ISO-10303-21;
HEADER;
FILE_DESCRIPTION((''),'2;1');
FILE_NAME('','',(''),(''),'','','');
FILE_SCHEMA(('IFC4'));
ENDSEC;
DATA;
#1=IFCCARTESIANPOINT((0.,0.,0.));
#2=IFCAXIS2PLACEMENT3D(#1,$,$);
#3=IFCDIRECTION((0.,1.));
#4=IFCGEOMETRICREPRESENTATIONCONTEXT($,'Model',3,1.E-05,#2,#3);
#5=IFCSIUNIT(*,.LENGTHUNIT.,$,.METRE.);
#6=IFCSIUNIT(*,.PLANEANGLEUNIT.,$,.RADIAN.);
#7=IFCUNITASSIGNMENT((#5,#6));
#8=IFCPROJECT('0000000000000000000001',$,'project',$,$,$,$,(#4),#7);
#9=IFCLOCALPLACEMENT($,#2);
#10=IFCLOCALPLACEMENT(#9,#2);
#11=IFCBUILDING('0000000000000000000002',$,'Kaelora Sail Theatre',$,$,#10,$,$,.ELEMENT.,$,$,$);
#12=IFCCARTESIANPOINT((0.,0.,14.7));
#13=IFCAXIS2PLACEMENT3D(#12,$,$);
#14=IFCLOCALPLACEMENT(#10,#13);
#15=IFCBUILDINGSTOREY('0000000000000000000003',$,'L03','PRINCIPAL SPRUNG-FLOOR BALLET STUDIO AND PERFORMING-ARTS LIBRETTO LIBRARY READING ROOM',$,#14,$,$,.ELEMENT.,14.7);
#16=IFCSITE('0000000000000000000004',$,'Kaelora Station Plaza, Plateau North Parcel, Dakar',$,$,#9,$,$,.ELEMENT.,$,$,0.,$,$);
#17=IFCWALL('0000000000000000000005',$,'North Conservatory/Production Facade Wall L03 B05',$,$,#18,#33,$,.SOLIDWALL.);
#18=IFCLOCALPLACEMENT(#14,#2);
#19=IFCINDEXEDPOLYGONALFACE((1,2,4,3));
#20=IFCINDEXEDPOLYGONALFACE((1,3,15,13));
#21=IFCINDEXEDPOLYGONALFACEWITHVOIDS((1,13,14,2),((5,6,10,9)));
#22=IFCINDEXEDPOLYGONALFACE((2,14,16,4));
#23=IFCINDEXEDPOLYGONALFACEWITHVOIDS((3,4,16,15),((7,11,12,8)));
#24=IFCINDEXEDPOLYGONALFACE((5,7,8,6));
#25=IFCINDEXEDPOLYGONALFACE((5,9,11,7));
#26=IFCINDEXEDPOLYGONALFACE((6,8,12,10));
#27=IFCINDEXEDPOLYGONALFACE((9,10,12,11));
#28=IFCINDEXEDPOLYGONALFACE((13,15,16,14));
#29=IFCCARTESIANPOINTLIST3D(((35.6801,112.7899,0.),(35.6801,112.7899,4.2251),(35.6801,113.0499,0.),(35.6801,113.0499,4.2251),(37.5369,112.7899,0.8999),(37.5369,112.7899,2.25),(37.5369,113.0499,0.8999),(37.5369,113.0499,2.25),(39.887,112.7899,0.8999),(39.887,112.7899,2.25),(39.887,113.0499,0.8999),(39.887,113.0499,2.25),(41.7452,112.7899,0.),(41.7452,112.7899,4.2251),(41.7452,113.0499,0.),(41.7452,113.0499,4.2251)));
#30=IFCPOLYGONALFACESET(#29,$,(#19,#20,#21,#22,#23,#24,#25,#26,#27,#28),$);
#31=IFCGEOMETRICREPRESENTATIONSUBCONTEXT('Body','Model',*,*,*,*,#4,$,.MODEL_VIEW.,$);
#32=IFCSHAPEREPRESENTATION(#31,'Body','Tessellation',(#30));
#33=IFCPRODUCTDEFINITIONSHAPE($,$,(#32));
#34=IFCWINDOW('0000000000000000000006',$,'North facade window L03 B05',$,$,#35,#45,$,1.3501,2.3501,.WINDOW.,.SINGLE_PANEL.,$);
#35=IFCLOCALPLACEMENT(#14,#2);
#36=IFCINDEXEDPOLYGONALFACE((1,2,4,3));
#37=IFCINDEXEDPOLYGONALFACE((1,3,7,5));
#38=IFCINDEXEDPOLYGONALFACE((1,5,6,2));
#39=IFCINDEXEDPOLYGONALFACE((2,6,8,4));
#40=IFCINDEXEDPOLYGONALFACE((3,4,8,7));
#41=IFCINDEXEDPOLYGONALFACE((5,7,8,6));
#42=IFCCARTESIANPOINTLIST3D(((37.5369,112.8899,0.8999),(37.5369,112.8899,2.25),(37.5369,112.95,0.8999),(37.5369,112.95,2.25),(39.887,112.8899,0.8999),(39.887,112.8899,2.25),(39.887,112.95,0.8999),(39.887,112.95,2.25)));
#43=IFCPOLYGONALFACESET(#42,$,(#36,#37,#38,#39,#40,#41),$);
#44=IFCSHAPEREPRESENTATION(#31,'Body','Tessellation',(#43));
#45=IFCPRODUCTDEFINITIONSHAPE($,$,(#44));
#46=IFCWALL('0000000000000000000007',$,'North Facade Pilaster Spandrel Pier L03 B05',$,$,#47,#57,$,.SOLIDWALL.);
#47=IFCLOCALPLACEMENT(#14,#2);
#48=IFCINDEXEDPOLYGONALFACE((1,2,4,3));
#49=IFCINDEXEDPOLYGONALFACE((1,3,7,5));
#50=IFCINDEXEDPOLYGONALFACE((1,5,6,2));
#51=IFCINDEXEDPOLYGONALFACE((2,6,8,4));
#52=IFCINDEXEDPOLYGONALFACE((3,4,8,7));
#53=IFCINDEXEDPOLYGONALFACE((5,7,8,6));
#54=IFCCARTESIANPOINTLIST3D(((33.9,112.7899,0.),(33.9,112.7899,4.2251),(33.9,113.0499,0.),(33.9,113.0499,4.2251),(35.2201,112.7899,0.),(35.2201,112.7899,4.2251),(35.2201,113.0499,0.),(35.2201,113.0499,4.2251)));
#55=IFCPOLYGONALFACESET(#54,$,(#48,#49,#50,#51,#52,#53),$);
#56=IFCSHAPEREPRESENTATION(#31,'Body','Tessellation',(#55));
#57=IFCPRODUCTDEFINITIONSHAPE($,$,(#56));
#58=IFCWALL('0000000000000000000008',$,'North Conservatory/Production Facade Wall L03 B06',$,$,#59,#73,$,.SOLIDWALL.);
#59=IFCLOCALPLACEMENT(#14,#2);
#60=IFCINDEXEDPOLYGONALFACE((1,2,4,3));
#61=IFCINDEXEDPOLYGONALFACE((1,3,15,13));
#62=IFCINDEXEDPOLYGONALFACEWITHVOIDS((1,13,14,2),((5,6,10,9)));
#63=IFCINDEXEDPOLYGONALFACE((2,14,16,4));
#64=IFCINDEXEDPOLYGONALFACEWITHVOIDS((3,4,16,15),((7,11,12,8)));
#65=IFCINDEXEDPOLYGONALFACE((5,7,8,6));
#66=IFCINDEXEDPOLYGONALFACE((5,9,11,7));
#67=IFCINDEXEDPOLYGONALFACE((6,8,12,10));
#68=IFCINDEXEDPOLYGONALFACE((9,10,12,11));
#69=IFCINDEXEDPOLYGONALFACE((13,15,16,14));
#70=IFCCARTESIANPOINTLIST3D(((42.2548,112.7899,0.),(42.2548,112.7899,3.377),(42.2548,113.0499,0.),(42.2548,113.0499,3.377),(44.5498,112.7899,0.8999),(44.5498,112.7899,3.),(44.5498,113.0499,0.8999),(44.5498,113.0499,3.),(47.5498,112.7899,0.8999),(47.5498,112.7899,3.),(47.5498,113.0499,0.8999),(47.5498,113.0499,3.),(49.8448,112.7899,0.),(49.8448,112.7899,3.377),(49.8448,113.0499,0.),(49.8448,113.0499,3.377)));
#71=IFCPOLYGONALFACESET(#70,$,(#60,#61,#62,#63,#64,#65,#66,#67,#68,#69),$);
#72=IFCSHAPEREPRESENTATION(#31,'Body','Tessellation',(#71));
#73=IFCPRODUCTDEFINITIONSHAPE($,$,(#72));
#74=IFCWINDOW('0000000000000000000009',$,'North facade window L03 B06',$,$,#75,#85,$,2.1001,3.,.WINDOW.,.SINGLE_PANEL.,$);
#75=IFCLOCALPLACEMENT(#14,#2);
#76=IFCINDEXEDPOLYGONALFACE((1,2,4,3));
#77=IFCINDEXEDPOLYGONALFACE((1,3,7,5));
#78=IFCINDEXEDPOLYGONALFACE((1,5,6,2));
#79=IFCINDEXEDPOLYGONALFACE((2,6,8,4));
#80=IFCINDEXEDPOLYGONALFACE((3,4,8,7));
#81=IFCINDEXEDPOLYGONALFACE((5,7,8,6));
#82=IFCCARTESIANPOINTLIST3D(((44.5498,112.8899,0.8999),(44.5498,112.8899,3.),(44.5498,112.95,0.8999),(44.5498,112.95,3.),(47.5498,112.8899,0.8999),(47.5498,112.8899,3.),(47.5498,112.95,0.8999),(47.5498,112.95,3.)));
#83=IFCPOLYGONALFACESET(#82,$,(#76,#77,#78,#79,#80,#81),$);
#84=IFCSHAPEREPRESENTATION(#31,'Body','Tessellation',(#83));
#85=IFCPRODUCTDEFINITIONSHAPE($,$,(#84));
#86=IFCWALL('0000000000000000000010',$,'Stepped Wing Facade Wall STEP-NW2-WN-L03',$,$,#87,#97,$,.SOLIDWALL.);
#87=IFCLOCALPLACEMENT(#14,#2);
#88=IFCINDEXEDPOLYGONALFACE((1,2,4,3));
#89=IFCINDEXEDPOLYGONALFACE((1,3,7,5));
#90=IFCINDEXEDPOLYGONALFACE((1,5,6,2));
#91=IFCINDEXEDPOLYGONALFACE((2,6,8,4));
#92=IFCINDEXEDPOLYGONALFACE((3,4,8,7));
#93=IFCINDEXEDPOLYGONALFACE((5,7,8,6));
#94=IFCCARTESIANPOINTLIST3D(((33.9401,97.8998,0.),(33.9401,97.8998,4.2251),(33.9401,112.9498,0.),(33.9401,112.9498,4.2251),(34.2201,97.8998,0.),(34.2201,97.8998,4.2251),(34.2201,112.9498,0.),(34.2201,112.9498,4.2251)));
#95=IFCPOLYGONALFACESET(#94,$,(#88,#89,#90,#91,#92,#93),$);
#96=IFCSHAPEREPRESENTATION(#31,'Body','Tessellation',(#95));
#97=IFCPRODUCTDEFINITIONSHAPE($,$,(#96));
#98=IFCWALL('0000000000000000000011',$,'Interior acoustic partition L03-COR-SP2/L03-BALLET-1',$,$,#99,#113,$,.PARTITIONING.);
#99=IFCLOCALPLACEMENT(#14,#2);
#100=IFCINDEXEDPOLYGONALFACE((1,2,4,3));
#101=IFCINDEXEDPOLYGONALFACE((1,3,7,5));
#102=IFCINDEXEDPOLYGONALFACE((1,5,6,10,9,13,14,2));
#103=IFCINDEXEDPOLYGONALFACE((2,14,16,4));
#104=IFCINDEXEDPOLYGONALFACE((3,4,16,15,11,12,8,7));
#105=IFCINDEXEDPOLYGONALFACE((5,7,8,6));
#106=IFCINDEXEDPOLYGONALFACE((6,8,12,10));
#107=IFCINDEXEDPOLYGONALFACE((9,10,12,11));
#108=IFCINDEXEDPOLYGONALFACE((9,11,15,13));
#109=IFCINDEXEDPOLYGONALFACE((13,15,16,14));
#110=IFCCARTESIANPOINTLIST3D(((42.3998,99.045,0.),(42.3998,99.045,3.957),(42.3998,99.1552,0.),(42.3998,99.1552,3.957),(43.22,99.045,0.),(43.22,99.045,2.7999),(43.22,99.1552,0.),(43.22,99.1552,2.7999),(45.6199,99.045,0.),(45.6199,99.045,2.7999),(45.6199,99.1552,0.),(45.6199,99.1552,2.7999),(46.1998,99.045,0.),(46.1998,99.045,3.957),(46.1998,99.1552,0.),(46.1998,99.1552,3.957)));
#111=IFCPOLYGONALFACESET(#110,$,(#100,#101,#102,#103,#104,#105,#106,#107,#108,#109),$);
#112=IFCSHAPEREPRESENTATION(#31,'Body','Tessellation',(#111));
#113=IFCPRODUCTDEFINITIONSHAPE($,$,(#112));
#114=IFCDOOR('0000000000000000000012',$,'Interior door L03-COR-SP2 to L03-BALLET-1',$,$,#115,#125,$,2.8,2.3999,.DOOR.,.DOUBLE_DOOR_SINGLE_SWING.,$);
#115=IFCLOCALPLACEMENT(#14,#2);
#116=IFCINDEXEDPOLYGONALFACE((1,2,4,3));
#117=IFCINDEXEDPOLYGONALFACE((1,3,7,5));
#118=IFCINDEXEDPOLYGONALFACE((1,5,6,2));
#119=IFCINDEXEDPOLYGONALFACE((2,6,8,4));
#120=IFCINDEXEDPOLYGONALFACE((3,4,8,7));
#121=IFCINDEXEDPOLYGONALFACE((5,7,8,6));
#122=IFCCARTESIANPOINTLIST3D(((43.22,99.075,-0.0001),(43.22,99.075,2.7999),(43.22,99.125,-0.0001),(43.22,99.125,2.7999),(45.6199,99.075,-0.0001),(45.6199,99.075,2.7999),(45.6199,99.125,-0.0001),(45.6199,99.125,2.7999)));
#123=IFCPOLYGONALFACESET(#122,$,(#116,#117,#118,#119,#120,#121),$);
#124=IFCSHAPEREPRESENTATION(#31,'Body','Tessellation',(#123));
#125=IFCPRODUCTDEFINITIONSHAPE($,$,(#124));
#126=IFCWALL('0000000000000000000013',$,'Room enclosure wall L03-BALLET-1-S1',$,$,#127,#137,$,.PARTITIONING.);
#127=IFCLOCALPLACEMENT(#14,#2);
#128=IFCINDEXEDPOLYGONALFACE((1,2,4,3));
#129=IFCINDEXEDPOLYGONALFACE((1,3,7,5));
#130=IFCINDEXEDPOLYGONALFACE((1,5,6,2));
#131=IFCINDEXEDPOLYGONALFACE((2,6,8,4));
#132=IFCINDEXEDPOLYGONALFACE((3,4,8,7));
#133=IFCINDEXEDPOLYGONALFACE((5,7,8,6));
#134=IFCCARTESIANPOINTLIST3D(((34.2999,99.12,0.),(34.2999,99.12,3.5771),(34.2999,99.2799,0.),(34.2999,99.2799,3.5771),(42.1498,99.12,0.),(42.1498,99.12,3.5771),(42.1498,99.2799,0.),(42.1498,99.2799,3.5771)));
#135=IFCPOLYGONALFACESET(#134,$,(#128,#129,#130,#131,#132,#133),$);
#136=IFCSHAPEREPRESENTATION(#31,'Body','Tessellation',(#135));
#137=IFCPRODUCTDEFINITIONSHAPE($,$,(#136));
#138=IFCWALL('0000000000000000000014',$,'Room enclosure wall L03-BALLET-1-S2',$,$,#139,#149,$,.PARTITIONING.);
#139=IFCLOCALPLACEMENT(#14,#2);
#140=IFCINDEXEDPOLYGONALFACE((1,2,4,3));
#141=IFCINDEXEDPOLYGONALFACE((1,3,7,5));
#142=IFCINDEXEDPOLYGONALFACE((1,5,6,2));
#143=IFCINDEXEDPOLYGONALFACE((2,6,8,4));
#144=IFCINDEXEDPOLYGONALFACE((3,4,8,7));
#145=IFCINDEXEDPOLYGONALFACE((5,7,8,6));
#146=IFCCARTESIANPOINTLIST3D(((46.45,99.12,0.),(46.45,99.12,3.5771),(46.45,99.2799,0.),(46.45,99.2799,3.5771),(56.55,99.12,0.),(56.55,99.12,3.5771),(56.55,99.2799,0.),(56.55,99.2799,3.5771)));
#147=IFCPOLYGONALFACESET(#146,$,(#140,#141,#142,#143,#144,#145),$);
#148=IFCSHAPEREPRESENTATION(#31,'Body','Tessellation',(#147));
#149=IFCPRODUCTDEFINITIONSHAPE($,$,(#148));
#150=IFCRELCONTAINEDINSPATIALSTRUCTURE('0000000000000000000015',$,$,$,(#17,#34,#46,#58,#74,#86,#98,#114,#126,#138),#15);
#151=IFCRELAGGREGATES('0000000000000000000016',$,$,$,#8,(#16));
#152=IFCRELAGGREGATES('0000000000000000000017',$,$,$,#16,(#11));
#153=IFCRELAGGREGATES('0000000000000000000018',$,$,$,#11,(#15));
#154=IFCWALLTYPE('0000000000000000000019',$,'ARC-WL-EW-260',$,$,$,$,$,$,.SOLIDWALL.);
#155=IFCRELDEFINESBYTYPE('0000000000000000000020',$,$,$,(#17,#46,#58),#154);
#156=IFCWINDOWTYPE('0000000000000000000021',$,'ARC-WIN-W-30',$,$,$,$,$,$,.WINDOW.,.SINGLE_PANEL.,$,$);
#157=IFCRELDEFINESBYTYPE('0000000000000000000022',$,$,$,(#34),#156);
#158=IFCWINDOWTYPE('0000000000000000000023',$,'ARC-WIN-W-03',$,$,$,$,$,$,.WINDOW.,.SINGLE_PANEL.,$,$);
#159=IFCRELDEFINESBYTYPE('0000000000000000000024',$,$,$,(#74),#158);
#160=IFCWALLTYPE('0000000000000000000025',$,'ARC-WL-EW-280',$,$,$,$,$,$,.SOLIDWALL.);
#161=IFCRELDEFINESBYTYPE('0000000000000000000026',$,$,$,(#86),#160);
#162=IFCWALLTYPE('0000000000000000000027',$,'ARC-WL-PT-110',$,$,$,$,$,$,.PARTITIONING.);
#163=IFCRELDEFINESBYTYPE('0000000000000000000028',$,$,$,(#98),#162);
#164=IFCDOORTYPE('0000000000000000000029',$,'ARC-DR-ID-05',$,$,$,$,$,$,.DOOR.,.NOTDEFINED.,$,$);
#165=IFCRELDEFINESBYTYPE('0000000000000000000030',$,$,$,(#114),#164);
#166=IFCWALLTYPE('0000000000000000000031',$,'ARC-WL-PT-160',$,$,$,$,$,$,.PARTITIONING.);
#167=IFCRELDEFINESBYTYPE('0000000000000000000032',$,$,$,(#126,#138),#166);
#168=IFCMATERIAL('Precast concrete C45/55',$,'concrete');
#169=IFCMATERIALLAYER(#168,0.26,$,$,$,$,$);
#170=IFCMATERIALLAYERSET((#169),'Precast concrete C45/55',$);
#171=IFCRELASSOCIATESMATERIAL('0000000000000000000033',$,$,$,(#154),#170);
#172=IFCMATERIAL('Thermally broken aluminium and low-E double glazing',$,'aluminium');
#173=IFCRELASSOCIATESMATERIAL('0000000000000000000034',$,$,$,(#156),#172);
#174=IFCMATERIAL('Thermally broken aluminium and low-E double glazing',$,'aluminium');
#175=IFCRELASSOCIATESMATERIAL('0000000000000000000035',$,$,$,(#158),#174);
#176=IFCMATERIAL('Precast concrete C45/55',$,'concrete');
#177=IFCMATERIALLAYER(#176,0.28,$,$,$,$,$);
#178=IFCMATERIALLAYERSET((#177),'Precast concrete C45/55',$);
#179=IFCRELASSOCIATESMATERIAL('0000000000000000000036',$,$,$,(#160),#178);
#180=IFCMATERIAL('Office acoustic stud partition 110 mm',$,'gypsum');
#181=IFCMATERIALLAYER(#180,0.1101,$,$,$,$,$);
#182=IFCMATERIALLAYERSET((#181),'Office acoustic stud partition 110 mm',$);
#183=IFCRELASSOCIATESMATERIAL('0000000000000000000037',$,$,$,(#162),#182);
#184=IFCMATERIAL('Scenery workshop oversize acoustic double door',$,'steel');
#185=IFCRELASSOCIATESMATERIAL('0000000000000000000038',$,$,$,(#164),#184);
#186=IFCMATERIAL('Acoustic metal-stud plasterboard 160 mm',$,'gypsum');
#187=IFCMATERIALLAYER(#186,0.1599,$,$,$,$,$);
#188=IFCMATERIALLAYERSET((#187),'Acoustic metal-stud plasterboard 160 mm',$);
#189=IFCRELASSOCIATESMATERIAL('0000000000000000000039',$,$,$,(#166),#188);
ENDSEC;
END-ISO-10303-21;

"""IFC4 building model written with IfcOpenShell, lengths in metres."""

from ifc_helpers import new_model, si_unit, direction, frame, frame_2d, origin, place, context, subcontext, project, spatial, rectangle, extrude, material, layer, layer_set, type_object, element, fill, save


model = new_model("IFC4")

# Units and contexts
model_context = context("Model", 3, precision=1e-05, world=origin(), true_north=direction((0.0, 1.0)))
body_context = subcontext(model_context, "Body", "Model", "MODEL_VIEW")
ifc_project = project(units=[si_unit("LENGTHUNIT", "METRE"), si_unit("PLANEANGLEUNIT", "RADIAN")], contexts=[model_context])

# Site, building, storey
site_placement = place(None, origin())
site = spatial("IfcSite", under=ifc_project, at=site_placement, Name="Kaelora Station Plaza, Plateau North Parcel, Dakar", CompositionType="ELEMENT", RefElevation=0.0)
building_placement = place(site_placement, origin())
building = spatial("IfcBuilding", under=site, at=building_placement, Name="Kaelora Sail Theatre", CompositionType="ELEMENT")
storey_placement = place(building_placement, frame((0.0, 0.0, 14.7)))
storey = spatial("IfcBuildingStorey", under=building, at=storey_placement, Name="L03", Description="PRINCIPAL SPRUNG-FLOOR BALLET STUDIO AND PERFORMING-ARTS LIBRETTO LIBRARY READING ROOM", CompositionType="ELEMENT", Elevation=14.7)

# Wall, opening, window
ifc_material_1 = material(Name="Precast concrete C45/55", Category="concrete")
ifc_layer_1 = layer(ifc_material_1, 0.26)
ifc_layer_set_1 = layer_set([ifc_layer_1], Name="Precast concrete C45/55")
wall_type_1 = type_object("IfcWallType", Name="ARC-WL-EW-260", PredefinedType="SOLIDWALL", material=ifc_layer_set_1)
wall_1_placement = place(storey_placement, frame((35.6799, 112.9199, 0.0), z_axis=(0.0, 0.0, 1.0), x_axis=(1.0, 0.0, 0.0)))
wall_1 = element("IfcWall", 1, at=wall_1_placement, inside=storey, type_object=wall_type_1, Name="North Conservatory/Production Facade Wall L03 B05", PredefinedType="SOLIDWALL", context=body_context, shape_type="SweptSolid", body=[
    extrude(rectangle(XDim=6.0652, YDim=0.26, at=frame_2d((3.0327, 0.0))), origin(), (0.0, 0.0, 1.0), 4.2251),
])
opening_1_placement = place(wall_1_placement, frame((1.8569, 0.0, 0.8999)))
opening_1 = element("IfcOpeningElement", 2, at=opening_1_placement, cuts=wall_1, PredefinedType="OPENING", context=body_context, shape_type="SweptSolid", body=[
    extrude(rectangle(XDim=2.3501, YDim=1.3501, at=frame_2d((1.175, 0.675))), frame((0.0, 0.1399, 0.0), z_axis=(0.0, -1.0, 0.0), x_axis=(1.0, 0.0, 0.0)), (0.0, 0.0, 1.0), 0.28),
])
ifc_material_2 = material(Name="Thermally broken aluminium and low-E double glazing", Category="aluminium")
window_type_1 = type_object("IfcWindowType", Name="ARC-WIN-W-30", PartitioningType="SINGLE_PANEL", PredefinedType="WINDOW", material=ifc_material_2)
window_1_placement = place(opening_1_placement, origin())
window_1 = element("IfcWindow", 3, at=window_1_placement, inside=storey, type_object=window_type_1, Name="North facade window L03 B05", OverallHeight=1.3501, OverallWidth=2.3501, PartitioningType="SINGLE_PANEL", PredefinedType="WINDOW", context=body_context, shape_type="SweptSolid", body=[
    extrude(rectangle(XDim=2.3501, YDim=1.3501, at=frame_2d((1.175, 0.675))), frame((0.0, 0.03, 0.0), z_axis=(0.0, -1.0, 0.0), x_axis=(1.0, 0.0, 0.0)), (0.0, 0.0, 1.0), 0.0601),
])
fill(opening_1, window_1)

# Wall
wall_2_placement = place(storey_placement, frame((33.8999, 112.9199, 0.0), z_axis=(0.0, 0.0, 1.0), x_axis=(1.0, 0.0, 0.0)))
element("IfcWall", 4, at=wall_2_placement, inside=storey, type_object=wall_type_1, Name="North Facade Pilaster Spandrel Pier L03 B05", PredefinedType="SOLIDWALL", context=body_context, shape_type="SweptSolid", body=[
    extrude(rectangle(XDim=1.3201, YDim=0.26, at=frame_2d((0.6602, 0.0))), origin(), (0.0, 0.0, 1.0), 4.2251),
])

# Wall, opening, window
wall_3_placement = place(storey_placement, frame((42.2549, 112.9199, 0.0), z_axis=(0.0, 0.0, 1.0), x_axis=(1.0, 0.0, 0.0)))
wall_3 = element("IfcWall", 5, at=wall_3_placement, inside=storey, type_object=wall_type_1, Name="North Conservatory/Production Facade Wall L03 B06", PredefinedType="SOLIDWALL", context=body_context, shape_type="SweptSolid", body=[
    extrude(rectangle(XDim=7.5901, YDim=0.26, at=frame_2d((3.7949, 0.0))), origin(), (0.0, 0.0, 1.0), 3.377),
])
opening_2_placement = place(wall_3_placement, frame((2.2949, 0.0, 0.8999)))
opening_2 = element("IfcOpeningElement", 6, at=opening_2_placement, cuts=wall_3, PredefinedType="OPENING", context=body_context, shape_type="SweptSolid", body=[
    extrude(rectangle(XDim=3.0, YDim=2.1001, at=frame_2d((1.5, 1.05))), frame((0.0, 0.1399, 0.0), z_axis=(0.0, -1.0, 0.0), x_axis=(1.0, 0.0, 0.0)), (0.0, 0.0, 1.0), 0.28),
])
ifc_material_3 = material(Name="Thermally broken aluminium and low-E double glazing", Category="aluminium")
window_type_2 = type_object("IfcWindowType", Name="ARC-WIN-W-03", PartitioningType="SINGLE_PANEL", PredefinedType="WINDOW", material=ifc_material_3)
window_2_placement = place(opening_2_placement, origin())
window_2 = element("IfcWindow", 7, at=window_2_placement, inside=storey, type_object=window_type_2, Name="North facade window L03 B06", OverallHeight=2.1001, OverallWidth=3.0, PartitioningType="SINGLE_PANEL", PredefinedType="WINDOW", context=body_context, shape_type="SweptSolid", body=[
    extrude(rectangle(XDim=3.0, YDim=2.1001, at=frame_2d((1.5, 1.05))), frame((0.0, 0.03, 0.0), z_axis=(0.0, -1.0, 0.0), x_axis=(1.0, 0.0, 0.0)), (0.0, 0.0, 1.0), 0.0601),
])
fill(opening_2, window_2)

# Wall
ifc_material_4 = material(Name="Precast concrete C45/55", Category="concrete")
ifc_layer_2 = layer(ifc_material_4, 0.28)
ifc_layer_set_2 = layer_set([ifc_layer_2], Name="Precast concrete C45/55")
wall_type_2 = type_object("IfcWallType", Name="ARC-WL-EW-280", PredefinedType="SOLIDWALL", material=ifc_layer_set_2)
wall_4_placement = place(storey_placement, frame((34.0801, 97.8999, 0.0), z_axis=(0.0, 0.0, 1.0), x_axis=(0.0, 1.0, 0.0)))
element("IfcWall", 8, at=wall_4_placement, inside=storey, type_object=wall_type_2, Name="Stepped Wing Facade Wall STEP-NW2-WN-L03", PredefinedType="SOLIDWALL", context=body_context, shape_type="SweptSolid", body=[
    extrude(rectangle(XDim=15.05, YDim=0.28, at=frame_2d((7.5249, 0.0))), origin(), (0.0, 0.0, 1.0), 4.2251),
])

# Wall, opening, door
ifc_material_5 = material(Name="Office acoustic stud partition 110 mm", Category="gypsum")
ifc_layer_3 = layer(ifc_material_5, 0.1101)
ifc_layer_set_3 = layer_set([ifc_layer_3], Name="Office acoustic stud partition 110 mm")
wall_type_3 = type_object("IfcWallType", Name="ARC-WL-PT-110", PredefinedType="PARTITIONING", material=ifc_layer_set_3)
wall_5_placement = place(storey_placement, frame((42.3999, 99.1001, 0.0), z_axis=(0.0, 0.0, 1.0), x_axis=(1.0, 0.0, 0.0)))
wall_5 = element("IfcWall", 9, at=wall_5_placement, inside=storey, type_object=wall_type_3, Name="Interior acoustic partition L03-COR-SP2/L03-BALLET-1", PredefinedType="PARTITIONING", context=body_context, shape_type="SweptSolid", body=[
    extrude(rectangle(XDim=3.8, YDim=0.1101, at=frame_2d((1.8999, 0.0))), origin(), (0.0, 0.0, 1.0), 3.957),
])
opening_3_placement = place(wall_5_placement, frame((0.8201, 0.0, 0.0)))
opening_3 = element("IfcOpeningElement", 10, at=opening_3_placement, cuts=wall_5, PredefinedType="OPENING", context=body_context, shape_type="SweptSolid", body=[
    extrude(rectangle(XDim=2.3999, YDim=2.8, at=frame_2d((1.2, 1.3999))), frame((0.0, 0.0652, 0.0), z_axis=(0.0, -1.0, 0.0), x_axis=(1.0, 0.0, 0.0)), (0.0, 0.0, 1.0), 0.1301),
])
ifc_material_6 = material(Name="Scenery workshop oversize acoustic double door", Category="steel")
door_type = type_object("IfcDoorType", Name="ARC-DR-ID-05", OperationType="NOTDEFINED", PredefinedType="DOOR", material=ifc_material_6)
door_placement = place(opening_3_placement, origin())
door = element("IfcDoor", 11, at=door_placement, inside=storey, type_object=door_type, Name="Interior door L03-COR-SP2 to L03-BALLET-1", OperationType="DOUBLE_DOOR_SINGLE_SWING", OverallHeight=2.8, OverallWidth=2.3999, PredefinedType="DOOR", context=body_context, shape_type="SweptSolid", body=[
    extrude(rectangle(XDim=2.3999, YDim=2.8, at=frame_2d((1.2, 1.3999))), frame((0.0, 0.0249, 0.0), z_axis=(0.0, -1.0, 0.0), x_axis=(1.0, 0.0, 0.0)), (0.0, 0.0, 1.0), 0.05),
])
fill(opening_3, door)

# Walls
ifc_material_7 = material(Name="Acoustic metal-stud plasterboard 160 mm", Category="gypsum")
ifc_layer_4 = layer(ifc_material_7, 0.1599)
ifc_layer_set_4 = layer_set([ifc_layer_4], Name="Acoustic metal-stud plasterboard 160 mm")
wall_type_4 = type_object("IfcWallType", Name="ARC-WL-PT-160", PredefinedType="PARTITIONING", material=ifc_layer_set_4)
wall_6_placement = place(storey_placement, frame((34.3, 99.2, 0.0), z_axis=(0.0, 0.0, 1.0), x_axis=(1.0, 0.0, 0.0)))
element("IfcWall", 12, at=wall_6_placement, inside=storey, type_object=wall_type_4, Name="Room enclosure wall L03-BALLET-1-S1", PredefinedType="PARTITIONING", context=body_context, shape_type="SweptSolid", body=[
    extrude(rectangle(XDim=7.8499, YDim=0.1599, at=frame_2d((3.9248, 0.0))), origin(), (0.0, 0.0, 1.0), 3.5771),
])
wall_7_placement = place(storey_placement, frame((46.45, 99.2, 0.0), z_axis=(0.0, 0.0, 1.0), x_axis=(1.0, 0.0, 0.0)))
element("IfcWall", 13, at=wall_7_placement, inside=storey, type_object=wall_type_4, Name="Room enclosure wall L03-BALLET-1-S2", PredefinedType="PARTITIONING", context=body_context, shape_type="SweptSolid", body=[
    extrude(rectangle(XDim=10.1001, YDim=0.1599, at=frame_2d((5.05, 0.0))), origin(), (0.0, 0.0, 1.0), 3.5771),
])

save(model, "model.ifc")
